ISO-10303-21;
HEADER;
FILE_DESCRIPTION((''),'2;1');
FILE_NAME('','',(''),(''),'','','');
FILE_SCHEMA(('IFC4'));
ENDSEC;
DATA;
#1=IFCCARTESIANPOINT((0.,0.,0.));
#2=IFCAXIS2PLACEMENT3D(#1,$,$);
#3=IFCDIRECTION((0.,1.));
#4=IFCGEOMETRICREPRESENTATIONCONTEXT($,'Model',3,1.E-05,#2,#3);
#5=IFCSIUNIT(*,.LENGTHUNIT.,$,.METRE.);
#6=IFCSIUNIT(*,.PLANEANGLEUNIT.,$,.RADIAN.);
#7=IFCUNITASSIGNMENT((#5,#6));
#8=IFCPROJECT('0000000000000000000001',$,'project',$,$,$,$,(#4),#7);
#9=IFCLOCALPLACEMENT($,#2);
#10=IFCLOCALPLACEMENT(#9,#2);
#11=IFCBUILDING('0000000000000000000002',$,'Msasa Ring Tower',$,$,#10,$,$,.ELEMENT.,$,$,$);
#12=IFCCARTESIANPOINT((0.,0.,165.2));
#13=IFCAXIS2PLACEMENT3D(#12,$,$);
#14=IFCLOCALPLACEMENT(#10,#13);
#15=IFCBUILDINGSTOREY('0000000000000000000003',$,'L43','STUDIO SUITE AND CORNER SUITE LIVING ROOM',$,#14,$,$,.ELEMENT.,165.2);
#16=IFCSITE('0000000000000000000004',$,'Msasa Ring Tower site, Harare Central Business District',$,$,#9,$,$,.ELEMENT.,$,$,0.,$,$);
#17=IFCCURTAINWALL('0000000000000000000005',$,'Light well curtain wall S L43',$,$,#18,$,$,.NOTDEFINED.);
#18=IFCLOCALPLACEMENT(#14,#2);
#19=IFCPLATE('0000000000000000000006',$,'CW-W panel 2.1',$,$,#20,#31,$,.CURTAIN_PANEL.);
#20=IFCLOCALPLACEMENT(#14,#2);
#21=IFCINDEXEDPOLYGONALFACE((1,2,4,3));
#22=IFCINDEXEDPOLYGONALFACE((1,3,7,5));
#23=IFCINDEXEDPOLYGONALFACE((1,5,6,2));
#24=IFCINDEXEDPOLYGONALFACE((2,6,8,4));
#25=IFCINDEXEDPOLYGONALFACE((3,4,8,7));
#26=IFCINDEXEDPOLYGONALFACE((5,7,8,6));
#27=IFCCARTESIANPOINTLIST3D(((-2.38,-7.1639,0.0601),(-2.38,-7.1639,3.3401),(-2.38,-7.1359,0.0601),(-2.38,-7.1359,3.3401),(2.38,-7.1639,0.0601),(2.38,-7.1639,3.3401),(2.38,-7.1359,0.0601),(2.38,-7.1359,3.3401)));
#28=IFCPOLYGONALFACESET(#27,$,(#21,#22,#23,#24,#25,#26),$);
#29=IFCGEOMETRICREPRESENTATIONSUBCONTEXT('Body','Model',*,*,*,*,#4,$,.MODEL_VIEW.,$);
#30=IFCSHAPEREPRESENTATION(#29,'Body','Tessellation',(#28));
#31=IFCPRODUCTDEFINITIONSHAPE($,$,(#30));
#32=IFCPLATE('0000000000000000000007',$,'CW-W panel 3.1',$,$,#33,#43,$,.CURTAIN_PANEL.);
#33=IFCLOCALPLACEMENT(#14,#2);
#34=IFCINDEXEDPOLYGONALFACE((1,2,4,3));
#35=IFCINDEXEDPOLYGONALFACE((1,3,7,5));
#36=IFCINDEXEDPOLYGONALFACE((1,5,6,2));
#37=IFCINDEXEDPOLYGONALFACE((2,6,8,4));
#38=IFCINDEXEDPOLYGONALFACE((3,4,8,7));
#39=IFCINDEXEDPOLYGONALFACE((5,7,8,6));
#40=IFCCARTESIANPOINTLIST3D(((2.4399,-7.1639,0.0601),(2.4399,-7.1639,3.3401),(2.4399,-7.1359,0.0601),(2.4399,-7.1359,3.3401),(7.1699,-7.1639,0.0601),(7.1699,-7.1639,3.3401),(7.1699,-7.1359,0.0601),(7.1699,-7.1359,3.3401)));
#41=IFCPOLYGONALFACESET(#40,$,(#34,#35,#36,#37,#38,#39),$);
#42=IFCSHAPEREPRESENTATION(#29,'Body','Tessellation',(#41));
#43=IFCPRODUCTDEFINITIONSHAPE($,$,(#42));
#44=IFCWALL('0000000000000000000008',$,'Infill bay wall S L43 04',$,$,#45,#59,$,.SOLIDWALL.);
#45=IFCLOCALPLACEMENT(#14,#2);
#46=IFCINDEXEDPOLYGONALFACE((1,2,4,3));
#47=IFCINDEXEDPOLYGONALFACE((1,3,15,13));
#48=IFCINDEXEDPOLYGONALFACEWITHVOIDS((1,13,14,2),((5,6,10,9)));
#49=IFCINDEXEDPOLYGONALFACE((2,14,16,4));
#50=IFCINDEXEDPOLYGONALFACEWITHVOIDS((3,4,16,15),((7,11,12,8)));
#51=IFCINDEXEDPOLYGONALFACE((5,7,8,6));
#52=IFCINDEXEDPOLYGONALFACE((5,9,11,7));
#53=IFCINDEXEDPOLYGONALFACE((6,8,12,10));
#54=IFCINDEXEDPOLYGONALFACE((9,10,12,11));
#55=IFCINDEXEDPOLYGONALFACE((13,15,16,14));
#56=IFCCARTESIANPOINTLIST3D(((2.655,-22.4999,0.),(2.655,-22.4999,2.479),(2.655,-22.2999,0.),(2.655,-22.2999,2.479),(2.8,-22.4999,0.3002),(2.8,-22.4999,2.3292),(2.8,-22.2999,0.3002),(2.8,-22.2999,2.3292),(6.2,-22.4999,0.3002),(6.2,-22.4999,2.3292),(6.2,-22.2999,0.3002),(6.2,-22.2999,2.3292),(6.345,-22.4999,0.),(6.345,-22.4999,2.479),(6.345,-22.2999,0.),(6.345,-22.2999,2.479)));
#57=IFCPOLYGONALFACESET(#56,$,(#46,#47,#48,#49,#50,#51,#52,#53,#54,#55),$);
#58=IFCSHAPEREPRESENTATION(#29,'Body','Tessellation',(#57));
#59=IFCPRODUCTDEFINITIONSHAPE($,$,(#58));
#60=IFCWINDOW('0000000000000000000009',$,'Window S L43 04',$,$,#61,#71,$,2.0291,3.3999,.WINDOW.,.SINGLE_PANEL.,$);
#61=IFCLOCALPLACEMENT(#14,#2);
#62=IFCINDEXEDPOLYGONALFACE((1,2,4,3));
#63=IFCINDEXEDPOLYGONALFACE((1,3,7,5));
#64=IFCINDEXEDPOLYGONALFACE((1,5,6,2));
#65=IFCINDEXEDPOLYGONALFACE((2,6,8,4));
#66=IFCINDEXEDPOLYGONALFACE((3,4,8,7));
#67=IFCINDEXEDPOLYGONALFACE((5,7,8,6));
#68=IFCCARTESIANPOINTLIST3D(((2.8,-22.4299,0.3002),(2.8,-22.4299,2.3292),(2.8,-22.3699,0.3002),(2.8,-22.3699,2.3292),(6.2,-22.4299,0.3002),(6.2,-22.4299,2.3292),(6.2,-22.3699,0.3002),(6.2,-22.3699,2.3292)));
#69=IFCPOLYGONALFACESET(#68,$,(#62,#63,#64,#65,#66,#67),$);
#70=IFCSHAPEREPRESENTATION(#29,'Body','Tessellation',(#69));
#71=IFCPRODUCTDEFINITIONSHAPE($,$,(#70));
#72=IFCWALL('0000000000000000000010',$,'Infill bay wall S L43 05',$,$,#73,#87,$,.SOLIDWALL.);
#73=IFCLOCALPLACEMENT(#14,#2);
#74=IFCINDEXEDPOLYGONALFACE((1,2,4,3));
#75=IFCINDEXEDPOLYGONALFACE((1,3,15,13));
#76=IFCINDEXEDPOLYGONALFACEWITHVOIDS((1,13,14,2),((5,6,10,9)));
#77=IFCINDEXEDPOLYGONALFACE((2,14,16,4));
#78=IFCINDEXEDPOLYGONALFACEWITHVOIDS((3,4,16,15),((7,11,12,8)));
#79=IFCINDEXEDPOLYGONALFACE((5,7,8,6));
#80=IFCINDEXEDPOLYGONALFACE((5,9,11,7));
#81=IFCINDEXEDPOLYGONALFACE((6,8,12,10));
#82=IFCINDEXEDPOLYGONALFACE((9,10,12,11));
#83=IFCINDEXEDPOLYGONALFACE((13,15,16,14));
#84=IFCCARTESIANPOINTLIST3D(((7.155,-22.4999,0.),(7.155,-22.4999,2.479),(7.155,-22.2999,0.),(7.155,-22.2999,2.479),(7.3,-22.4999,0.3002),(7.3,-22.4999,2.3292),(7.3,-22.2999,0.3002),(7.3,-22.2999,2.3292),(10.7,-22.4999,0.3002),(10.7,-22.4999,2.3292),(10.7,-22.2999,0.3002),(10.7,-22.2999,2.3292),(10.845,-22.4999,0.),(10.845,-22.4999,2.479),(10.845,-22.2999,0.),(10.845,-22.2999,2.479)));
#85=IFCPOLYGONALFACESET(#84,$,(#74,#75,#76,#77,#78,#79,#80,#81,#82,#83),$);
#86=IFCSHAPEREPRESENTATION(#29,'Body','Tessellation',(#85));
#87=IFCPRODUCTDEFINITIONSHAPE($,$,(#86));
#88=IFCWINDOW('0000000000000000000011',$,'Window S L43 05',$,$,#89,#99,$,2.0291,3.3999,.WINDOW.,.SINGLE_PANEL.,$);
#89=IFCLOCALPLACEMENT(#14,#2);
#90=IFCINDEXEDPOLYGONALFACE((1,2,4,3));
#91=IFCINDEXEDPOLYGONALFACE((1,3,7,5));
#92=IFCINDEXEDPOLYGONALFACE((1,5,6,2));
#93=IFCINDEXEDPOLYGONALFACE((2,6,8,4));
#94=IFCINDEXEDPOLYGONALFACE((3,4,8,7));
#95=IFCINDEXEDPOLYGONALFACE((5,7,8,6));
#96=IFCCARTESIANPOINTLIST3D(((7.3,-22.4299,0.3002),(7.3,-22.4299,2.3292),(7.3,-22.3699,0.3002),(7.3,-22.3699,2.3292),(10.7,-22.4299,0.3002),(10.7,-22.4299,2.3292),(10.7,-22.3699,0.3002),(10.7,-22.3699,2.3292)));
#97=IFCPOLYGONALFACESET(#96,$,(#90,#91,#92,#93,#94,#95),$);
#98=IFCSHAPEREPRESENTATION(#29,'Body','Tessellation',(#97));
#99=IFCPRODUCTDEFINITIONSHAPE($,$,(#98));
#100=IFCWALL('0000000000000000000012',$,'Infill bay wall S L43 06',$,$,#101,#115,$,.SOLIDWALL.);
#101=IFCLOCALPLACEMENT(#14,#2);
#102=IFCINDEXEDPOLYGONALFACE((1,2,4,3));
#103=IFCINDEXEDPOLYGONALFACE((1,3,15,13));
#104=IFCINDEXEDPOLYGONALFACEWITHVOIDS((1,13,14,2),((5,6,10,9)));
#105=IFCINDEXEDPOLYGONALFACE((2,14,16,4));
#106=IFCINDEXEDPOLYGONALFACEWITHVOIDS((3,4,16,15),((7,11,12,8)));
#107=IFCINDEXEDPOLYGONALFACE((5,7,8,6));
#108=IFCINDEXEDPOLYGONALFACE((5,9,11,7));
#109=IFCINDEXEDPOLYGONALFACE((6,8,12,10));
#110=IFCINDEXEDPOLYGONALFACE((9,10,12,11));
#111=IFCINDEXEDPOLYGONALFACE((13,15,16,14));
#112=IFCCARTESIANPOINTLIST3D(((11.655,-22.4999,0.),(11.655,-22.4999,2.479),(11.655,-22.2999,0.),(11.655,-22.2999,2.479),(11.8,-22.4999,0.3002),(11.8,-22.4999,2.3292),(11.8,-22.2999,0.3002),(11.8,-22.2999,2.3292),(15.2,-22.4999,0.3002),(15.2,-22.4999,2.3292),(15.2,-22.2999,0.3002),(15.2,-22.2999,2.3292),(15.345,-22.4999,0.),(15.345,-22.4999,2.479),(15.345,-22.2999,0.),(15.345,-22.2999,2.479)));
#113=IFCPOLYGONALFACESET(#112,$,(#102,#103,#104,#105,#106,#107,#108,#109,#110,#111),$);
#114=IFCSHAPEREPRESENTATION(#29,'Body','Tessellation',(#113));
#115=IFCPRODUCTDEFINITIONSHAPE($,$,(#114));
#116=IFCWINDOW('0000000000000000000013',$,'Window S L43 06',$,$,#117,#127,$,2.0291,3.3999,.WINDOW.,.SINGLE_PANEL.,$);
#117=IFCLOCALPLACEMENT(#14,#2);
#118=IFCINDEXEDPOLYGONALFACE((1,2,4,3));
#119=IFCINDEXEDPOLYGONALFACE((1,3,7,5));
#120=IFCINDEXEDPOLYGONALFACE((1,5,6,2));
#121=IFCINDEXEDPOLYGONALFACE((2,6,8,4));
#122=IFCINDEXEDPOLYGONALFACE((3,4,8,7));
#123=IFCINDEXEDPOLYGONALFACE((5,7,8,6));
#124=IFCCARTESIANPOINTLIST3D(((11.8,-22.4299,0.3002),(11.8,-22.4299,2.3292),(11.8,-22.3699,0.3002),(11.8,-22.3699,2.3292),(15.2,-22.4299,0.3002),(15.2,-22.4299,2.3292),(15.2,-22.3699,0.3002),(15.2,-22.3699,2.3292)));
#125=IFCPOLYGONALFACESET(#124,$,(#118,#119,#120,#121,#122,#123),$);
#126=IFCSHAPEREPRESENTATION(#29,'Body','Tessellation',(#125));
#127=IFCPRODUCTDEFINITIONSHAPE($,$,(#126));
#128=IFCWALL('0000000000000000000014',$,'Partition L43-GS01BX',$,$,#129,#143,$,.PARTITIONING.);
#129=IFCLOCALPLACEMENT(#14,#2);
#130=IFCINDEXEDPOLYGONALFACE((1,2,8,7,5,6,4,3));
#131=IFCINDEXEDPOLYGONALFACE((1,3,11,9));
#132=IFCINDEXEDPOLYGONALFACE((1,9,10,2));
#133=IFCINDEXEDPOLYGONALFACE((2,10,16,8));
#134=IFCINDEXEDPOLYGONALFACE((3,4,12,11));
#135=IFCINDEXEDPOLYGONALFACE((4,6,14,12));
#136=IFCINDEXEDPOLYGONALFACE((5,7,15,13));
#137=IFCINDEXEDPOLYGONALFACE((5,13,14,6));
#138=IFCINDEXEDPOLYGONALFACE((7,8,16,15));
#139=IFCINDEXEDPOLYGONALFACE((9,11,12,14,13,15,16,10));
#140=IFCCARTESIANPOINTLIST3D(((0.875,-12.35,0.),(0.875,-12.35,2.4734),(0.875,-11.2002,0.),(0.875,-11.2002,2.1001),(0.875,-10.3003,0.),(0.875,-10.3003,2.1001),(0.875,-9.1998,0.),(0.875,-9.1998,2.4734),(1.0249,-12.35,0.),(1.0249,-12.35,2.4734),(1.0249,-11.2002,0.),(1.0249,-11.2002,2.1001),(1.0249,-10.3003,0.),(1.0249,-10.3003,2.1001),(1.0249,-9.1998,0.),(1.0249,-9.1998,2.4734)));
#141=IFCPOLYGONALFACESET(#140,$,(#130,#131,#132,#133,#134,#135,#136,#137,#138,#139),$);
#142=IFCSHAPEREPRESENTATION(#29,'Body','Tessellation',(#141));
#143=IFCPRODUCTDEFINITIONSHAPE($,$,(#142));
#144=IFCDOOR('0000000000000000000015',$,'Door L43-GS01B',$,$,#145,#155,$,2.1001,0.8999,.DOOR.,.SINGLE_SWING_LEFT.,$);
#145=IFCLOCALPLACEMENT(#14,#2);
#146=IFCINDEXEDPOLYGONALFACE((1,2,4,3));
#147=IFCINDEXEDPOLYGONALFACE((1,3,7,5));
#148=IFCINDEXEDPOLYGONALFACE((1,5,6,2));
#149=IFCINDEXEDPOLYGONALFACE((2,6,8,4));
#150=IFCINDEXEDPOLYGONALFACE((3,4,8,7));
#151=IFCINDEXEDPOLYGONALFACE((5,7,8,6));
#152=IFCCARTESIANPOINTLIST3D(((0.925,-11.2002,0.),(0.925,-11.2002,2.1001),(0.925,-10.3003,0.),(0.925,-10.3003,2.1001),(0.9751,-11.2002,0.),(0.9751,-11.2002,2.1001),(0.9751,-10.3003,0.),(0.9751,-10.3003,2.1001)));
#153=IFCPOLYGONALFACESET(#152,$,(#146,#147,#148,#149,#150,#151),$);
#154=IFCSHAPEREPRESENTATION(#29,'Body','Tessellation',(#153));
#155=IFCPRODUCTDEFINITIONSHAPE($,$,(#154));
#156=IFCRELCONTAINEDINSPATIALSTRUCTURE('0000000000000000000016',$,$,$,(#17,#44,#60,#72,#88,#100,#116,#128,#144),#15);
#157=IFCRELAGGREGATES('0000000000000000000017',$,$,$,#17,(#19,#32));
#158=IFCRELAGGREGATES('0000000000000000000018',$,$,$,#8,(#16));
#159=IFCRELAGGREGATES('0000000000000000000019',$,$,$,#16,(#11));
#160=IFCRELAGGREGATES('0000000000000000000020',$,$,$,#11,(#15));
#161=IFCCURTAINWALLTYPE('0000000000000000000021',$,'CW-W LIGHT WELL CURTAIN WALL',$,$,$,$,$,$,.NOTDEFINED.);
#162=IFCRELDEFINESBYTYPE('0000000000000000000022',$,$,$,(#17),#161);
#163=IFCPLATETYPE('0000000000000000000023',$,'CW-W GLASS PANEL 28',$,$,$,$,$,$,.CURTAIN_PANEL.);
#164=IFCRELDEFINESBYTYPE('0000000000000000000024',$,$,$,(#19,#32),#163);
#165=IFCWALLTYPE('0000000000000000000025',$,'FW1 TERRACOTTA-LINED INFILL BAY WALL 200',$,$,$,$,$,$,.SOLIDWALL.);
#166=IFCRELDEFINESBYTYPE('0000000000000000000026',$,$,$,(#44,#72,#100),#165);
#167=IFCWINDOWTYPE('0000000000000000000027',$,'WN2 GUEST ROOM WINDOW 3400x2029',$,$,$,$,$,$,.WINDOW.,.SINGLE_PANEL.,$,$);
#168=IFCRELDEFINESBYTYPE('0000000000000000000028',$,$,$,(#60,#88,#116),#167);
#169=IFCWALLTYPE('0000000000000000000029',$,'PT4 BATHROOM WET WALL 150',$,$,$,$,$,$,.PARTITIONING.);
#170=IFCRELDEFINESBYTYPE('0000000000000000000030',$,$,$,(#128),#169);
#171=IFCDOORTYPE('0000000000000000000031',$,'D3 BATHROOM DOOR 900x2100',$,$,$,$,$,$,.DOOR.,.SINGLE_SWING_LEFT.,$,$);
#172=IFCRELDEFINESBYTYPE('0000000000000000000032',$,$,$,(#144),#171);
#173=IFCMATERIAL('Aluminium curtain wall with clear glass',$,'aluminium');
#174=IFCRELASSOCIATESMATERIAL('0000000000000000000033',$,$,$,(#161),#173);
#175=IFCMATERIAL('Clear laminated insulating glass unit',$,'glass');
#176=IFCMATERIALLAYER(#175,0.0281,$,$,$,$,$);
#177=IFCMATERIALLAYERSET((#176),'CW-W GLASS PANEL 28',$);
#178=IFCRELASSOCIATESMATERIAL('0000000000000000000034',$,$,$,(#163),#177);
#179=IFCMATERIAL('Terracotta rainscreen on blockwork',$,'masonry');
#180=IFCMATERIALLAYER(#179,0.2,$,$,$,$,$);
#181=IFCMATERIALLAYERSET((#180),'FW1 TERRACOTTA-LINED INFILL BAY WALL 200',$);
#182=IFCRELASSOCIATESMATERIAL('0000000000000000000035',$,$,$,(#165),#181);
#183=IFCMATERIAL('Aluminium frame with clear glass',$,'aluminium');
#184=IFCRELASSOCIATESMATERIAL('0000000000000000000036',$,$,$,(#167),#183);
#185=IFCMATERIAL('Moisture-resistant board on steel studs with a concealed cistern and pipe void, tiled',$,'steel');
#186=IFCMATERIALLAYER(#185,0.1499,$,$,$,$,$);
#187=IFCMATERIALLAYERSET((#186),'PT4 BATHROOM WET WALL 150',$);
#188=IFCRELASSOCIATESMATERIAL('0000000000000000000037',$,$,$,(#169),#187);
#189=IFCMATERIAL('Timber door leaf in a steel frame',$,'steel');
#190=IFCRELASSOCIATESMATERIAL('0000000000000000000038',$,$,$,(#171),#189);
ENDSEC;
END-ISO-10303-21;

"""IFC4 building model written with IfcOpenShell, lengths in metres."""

from ifc_helpers import new_model, si_unit, direction, frame, frame_2d, origin, origin_2d, place, context, subcontext, project, spatial, rectangle, extrude, material, layer, layer_set, type_object, element, fill, aggregate, save


model = new_model("IFC4")

# Units and contexts
model_context = context("Model", 3, precision=1e-05, world=origin(), true_north=direction((0.0, 1.0)))
body_context = subcontext(model_context, "Body", "Model", "MODEL_VIEW")
ifc_project = project(units=[si_unit("LENGTHUNIT", "METRE"), si_unit("PLANEANGLEUNIT", "RADIAN")], contexts=[model_context])

# Site, building, storey
site_placement = place(None, origin())
site = spatial("IfcSite", under=ifc_project, at=site_placement, Name="Msasa Ring Tower site, Harare Central Business District", CompositionType="ELEMENT", RefElevation=0.0)
building_placement = place(site_placement, origin())
building = spatial("IfcBuilding", under=site, at=building_placement, Name="Msasa Ring Tower", CompositionType="ELEMENT")
storey_placement = place(building_placement, frame((0.0, 0.0, 165.2)))
storey = spatial("IfcBuildingStorey", under=building, at=storey_placement, Name="L43", Description="STUDIO SUITE AND CORNER SUITE LIVING ROOM", CompositionType="ELEMENT", Elevation=165.2)

# Curtain wall
ifc_material_1 = material(Name="Aluminium curtain wall with clear glass", Category="aluminium")
curtain_wall_type = type_object("IfcCurtainWallType", Name="CW-W LIGHT WELL CURTAIN WALL", PredefinedType="NOTDEFINED", material=ifc_material_1)
curtain_wall_placement = place(storey_placement, origin())
curtain_wall = element("IfcCurtainWall", 1, at=curtain_wall_placement, inside=storey, type_object=curtain_wall_type, Name="Light well curtain wall S L43", PredefinedType="NOTDEFINED")

# Plates
ifc_material_2 = material(Name="Clear laminated insulating glass unit", Category="glass")
ifc_layer_1 = layer(ifc_material_2, 0.0281)
ifc_layer_set_1 = layer_set([ifc_layer_1], Name="CW-W GLASS PANEL 28")
plate_type = type_object("IfcPlateType", Name="CW-W GLASS PANEL 28", PredefinedType="CURTAIN_PANEL", material=ifc_layer_set_1)
plate_1_placement = place(storey_placement, frame((0.0, -7.1499, 0.0601), z_axis=(0.0, 0.0, 1.0), x_axis=(1.0, 0.0, 0.0)))
plate_1 = element("IfcPlate", 2, at=plate_1_placement, type_object=plate_type, Name="CW-W panel 2.1", PredefinedType="CURTAIN_PANEL", context=body_context, shape_type="SweptSolid", body=[
    extrude(rectangle(XDim=4.76, YDim=0.0281, at=origin_2d()), origin(), (0.0, 0.0, 1.0), 3.28),
])
plate_2_placement = place(storey_placement, frame((4.8049, -7.1499, 0.0601), z_axis=(0.0, 0.0, 1.0), x_axis=(1.0, 0.0, 0.0)))
plate_2 = element("IfcPlate", 3, at=plate_2_placement, type_object=plate_type, Name="CW-W panel 3.1", PredefinedType="CURTAIN_PANEL", context=body_context, shape_type="SweptSolid", body=[
    extrude(rectangle(XDim=4.73, YDim=0.0281, at=origin_2d()), origin(), (0.0, 0.0, 1.0), 3.28),
])
aggregate(curtain_wall, [plate_1, plate_2])

# Walls, openings, windows
ifc_material_3 = material(Name="Terracotta rainscreen on blockwork", Category="masonry")
ifc_layer_2 = layer(ifc_material_3, 0.2)
ifc_layer_set_2 = layer_set([ifc_layer_2], Name="FW1 TERRACOTTA-LINED INFILL BAY WALL 200")
wall_type_1 = type_object("IfcWallType", Name="FW1 TERRACOTTA-LINED INFILL BAY WALL 200", PredefinedType="SOLIDWALL", material=ifc_layer_set_2)
wall_1_placement = place(storey_placement, frame((2.655, -22.3999, 0.0), z_axis=(0.0, 0.0, 1.0), x_axis=(1.0, 0.0, 0.0)))
wall_1 = element("IfcWall", 4, at=wall_1_placement, inside=storey, type_object=wall_type_1, Name="Infill bay wall S L43 04", PredefinedType="SOLIDWALL", context=body_context, shape_type="SweptSolid", body=[
    extrude(rectangle(XDim=3.6899, YDim=0.2, at=frame_2d((1.845, 0.0))), origin(), (0.0, 0.0, 1.0), 2.479),
])
opening_1_placement = place(wall_1_placement, frame((0.145, 0.0, 0.3)))
opening_1 = element("IfcOpeningElement", 5, at=opening_1_placement, cuts=wall_1, PredefinedType="OPENING", context=body_context, shape_type="SweptSolid", body=[
    extrude(rectangle(XDim=3.3999, YDim=2.0291, at=frame_2d((1.7, 1.0146))), frame((0.0, 0.1099, 0.0), z_axis=(0.0, -1.0, 0.0), x_axis=(1.0, 0.0, 0.0)), (0.0, 0.0, 1.0), 0.22),
])
ifc_material_4 = material(Name="Aluminium frame with clear glass", Category="aluminium")
window_type = type_object("IfcWindowType", Name="WN2 GUEST ROOM WINDOW 3400x2029", PartitioningType="SINGLE_PANEL", PredefinedType="WINDOW", material=ifc_material_4)
window_1_placement = place(opening_1_placement, origin())
window_1 = element("IfcWindow", 6, at=window_1_placement, inside=storey, type_object=window_type, Name="Window S L43 04", OverallHeight=2.0291, OverallWidth=3.3999, PartitioningType="SINGLE_PANEL", PredefinedType="WINDOW", context=body_context, shape_type="SweptSolid", body=[
    extrude(rectangle(XDim=3.3999, YDim=2.0291, at=frame_2d((1.7, 1.0146))), frame((0.0, 0.03, 0.0), z_axis=(0.0, -1.0, 0.0), x_axis=(1.0, 0.0, 0.0)), (0.0, 0.0, 1.0), 0.0601),
])
fill(opening_1, window_1)
wall_2_placement = place(storey_placement, frame((7.155, -22.3999, 0.0), z_axis=(0.0, 0.0, 1.0), x_axis=(1.0, 0.0, 0.0)))
wall_2 = element("IfcWall", 7, at=wall_2_placement, inside=storey, type_object=wall_type_1, Name="Infill bay wall S L43 05", PredefinedType="SOLIDWALL", context=body_context, shape_type="SweptSolid", body=[
    extrude(rectangle(XDim=3.6899, YDim=0.2, at=frame_2d((1.845, 0.0))), origin(), (0.0, 0.0, 1.0), 2.479),
])
opening_2_placement = place(wall_2_placement, frame((0.145, 0.0, 0.3)))
opening_2 = element("IfcOpeningElement", 8, at=opening_2_placement, cuts=wall_2, PredefinedType="OPENING", context=body_context, shape_type="SweptSolid", body=[
    extrude(rectangle(XDim=3.3999, YDim=2.0291, at=frame_2d((1.7, 1.0146))), frame((0.0, 0.1099, 0.0), z_axis=(0.0, -1.0, 0.0), x_axis=(1.0, 0.0, 0.0)), (0.0, 0.0, 1.0), 0.22),
])
window_2_placement = place(opening_2_placement, origin())
window_2 = element("IfcWindow", 9, at=window_2_placement, inside=storey, type_object=window_type, Name="Window S L43 05", OverallHeight=2.0291, OverallWidth=3.3999, PartitioningType="SINGLE_PANEL", PredefinedType="WINDOW", context=body_context, shape_type="SweptSolid", body=[
    extrude(rectangle(XDim=3.3999, YDim=2.0291, at=frame_2d((1.7, 1.0146))), frame((0.0, 0.03, 0.0), z_axis=(0.0, -1.0, 0.0), x_axis=(1.0, 0.0, 0.0)), (0.0, 0.0, 1.0), 0.0601),
])
fill(opening_2, window_2)
wall_3_placement = place(storey_placement, frame((11.655, -22.3999, 0.0), z_axis=(0.0, 0.0, 1.0), x_axis=(1.0, 0.0, 0.0)))
wall_3 = element("IfcWall", 10, at=wall_3_placement, inside=storey, type_object=wall_type_1, Name="Infill bay wall S L43 06", PredefinedType="SOLIDWALL", context=body_context, shape_type="SweptSolid", body=[
    extrude(rectangle(XDim=3.6899, YDim=0.2, at=frame_2d((1.845, 0.0))), origin(), (0.0, 0.0, 1.0), 2.479),
])
opening_3_placement = place(wall_3_placement, frame((0.145, 0.0, 0.3)))
opening_3 = element("IfcOpeningElement", 11, at=opening_3_placement, cuts=wall_3, PredefinedType="OPENING", context=body_context, shape_type="SweptSolid", body=[
    extrude(rectangle(XDim=3.3999, YDim=2.0291, at=frame_2d((1.7, 1.0146))), frame((0.0, 0.1099, 0.0), z_axis=(0.0, -1.0, 0.0), x_axis=(1.0, 0.0, 0.0)), (0.0, 0.0, 1.0), 0.22),
])
window_3_placement = place(opening_3_placement, origin())
window_3 = element("IfcWindow", 12, at=window_3_placement, inside=storey, type_object=window_type, Name="Window S L43 06", OverallHeight=2.0291, OverallWidth=3.3999, PartitioningType="SINGLE_PANEL", PredefinedType="WINDOW", context=body_context, shape_type="SweptSolid", body=[
    extrude(rectangle(XDim=3.3999, YDim=2.0291, at=frame_2d((1.7, 1.0146))), frame((0.0, 0.03, 0.0), z_axis=(0.0, -1.0, 0.0), x_axis=(1.0, 0.0, 0.0)), (0.0, 0.0, 1.0), 0.0601),
])
fill(opening_3, window_3)

# Wall, opening, door
ifc_material_5 = material(Name="Moisture-resistant board on steel studs with a concealed cistern and pipe void, tiled", Category="steel")
ifc_layer_3 = layer(ifc_material_5, 0.1499)
ifc_layer_set_3 = layer_set([ifc_layer_3], Name="PT4 BATHROOM WET WALL 150")
wall_type_2 = type_object("IfcWallType", Name="PT4 BATHROOM WET WALL 150", PredefinedType="PARTITIONING", material=ifc_layer_set_3)
wall_4_placement = place(storey_placement, frame((0.95, -12.3501, 0.0), z_axis=(0.0, 0.0, 1.0), x_axis=(0.0, 1.0, 0.0)))
wall_4 = element("IfcWall", 13, at=wall_4_placement, inside=storey, type_object=wall_type_2, Name="Partition L43-GS01BX", PredefinedType="PARTITIONING", context=body_context, shape_type="SweptSolid", body=[
    extrude(rectangle(XDim=3.1501, YDim=0.1499, at=frame_2d((1.5752, 0.0))), origin(), (0.0, 0.0, 1.0), 2.4734),
])
opening_4_placement = place(wall_4_placement, frame((1.1499, 0.0, 0.0)))
opening_4 = element("IfcOpeningElement", 14, at=opening_4_placement, cuts=wall_4, PredefinedType="OPENING", context=body_context, shape_type="SweptSolid", body=[
    extrude(rectangle(XDim=0.8999, YDim=2.1001, at=frame_2d((0.45, 1.05))), frame((0.0, 0.085, 0.0), z_axis=(0.0, -1.0, 0.0), x_axis=(1.0, 0.0, 0.0)), (0.0, 0.0, 1.0), 0.1699),
])
ifc_material_6 = material(Name="Timber door leaf in a steel frame", Category="steel")
door_type = type_object("IfcDoorType", Name="D3 BATHROOM DOOR 900x2100", OperationType="SINGLE_SWING_LEFT", PredefinedType="DOOR", material=ifc_material_6)
door_1_placement = place(opening_4_placement, origin())
door_1 = element("IfcDoor", 15, at=door_1_placement, inside=storey, type_object=door_type, Name="Door L43-GS01B", OperationType="SINGLE_SWING_LEFT", OverallHeight=2.1001, OverallWidth=0.8999, PredefinedType="DOOR", context=body_context, shape_type="SweptSolid", body=[
    extrude(rectangle(XDim=0.8999, YDim=2.1001, at=frame_2d((0.45, 1.05))), frame((0.0, 0.0249, 0.0), z_axis=(0.0, -1.0, 0.0), x_axis=(1.0, 0.0, 0.0)), (0.0, 0.0, 1.0), 0.05),
])
fill(opening_4, door_1)

save(model, "model.ifc")
